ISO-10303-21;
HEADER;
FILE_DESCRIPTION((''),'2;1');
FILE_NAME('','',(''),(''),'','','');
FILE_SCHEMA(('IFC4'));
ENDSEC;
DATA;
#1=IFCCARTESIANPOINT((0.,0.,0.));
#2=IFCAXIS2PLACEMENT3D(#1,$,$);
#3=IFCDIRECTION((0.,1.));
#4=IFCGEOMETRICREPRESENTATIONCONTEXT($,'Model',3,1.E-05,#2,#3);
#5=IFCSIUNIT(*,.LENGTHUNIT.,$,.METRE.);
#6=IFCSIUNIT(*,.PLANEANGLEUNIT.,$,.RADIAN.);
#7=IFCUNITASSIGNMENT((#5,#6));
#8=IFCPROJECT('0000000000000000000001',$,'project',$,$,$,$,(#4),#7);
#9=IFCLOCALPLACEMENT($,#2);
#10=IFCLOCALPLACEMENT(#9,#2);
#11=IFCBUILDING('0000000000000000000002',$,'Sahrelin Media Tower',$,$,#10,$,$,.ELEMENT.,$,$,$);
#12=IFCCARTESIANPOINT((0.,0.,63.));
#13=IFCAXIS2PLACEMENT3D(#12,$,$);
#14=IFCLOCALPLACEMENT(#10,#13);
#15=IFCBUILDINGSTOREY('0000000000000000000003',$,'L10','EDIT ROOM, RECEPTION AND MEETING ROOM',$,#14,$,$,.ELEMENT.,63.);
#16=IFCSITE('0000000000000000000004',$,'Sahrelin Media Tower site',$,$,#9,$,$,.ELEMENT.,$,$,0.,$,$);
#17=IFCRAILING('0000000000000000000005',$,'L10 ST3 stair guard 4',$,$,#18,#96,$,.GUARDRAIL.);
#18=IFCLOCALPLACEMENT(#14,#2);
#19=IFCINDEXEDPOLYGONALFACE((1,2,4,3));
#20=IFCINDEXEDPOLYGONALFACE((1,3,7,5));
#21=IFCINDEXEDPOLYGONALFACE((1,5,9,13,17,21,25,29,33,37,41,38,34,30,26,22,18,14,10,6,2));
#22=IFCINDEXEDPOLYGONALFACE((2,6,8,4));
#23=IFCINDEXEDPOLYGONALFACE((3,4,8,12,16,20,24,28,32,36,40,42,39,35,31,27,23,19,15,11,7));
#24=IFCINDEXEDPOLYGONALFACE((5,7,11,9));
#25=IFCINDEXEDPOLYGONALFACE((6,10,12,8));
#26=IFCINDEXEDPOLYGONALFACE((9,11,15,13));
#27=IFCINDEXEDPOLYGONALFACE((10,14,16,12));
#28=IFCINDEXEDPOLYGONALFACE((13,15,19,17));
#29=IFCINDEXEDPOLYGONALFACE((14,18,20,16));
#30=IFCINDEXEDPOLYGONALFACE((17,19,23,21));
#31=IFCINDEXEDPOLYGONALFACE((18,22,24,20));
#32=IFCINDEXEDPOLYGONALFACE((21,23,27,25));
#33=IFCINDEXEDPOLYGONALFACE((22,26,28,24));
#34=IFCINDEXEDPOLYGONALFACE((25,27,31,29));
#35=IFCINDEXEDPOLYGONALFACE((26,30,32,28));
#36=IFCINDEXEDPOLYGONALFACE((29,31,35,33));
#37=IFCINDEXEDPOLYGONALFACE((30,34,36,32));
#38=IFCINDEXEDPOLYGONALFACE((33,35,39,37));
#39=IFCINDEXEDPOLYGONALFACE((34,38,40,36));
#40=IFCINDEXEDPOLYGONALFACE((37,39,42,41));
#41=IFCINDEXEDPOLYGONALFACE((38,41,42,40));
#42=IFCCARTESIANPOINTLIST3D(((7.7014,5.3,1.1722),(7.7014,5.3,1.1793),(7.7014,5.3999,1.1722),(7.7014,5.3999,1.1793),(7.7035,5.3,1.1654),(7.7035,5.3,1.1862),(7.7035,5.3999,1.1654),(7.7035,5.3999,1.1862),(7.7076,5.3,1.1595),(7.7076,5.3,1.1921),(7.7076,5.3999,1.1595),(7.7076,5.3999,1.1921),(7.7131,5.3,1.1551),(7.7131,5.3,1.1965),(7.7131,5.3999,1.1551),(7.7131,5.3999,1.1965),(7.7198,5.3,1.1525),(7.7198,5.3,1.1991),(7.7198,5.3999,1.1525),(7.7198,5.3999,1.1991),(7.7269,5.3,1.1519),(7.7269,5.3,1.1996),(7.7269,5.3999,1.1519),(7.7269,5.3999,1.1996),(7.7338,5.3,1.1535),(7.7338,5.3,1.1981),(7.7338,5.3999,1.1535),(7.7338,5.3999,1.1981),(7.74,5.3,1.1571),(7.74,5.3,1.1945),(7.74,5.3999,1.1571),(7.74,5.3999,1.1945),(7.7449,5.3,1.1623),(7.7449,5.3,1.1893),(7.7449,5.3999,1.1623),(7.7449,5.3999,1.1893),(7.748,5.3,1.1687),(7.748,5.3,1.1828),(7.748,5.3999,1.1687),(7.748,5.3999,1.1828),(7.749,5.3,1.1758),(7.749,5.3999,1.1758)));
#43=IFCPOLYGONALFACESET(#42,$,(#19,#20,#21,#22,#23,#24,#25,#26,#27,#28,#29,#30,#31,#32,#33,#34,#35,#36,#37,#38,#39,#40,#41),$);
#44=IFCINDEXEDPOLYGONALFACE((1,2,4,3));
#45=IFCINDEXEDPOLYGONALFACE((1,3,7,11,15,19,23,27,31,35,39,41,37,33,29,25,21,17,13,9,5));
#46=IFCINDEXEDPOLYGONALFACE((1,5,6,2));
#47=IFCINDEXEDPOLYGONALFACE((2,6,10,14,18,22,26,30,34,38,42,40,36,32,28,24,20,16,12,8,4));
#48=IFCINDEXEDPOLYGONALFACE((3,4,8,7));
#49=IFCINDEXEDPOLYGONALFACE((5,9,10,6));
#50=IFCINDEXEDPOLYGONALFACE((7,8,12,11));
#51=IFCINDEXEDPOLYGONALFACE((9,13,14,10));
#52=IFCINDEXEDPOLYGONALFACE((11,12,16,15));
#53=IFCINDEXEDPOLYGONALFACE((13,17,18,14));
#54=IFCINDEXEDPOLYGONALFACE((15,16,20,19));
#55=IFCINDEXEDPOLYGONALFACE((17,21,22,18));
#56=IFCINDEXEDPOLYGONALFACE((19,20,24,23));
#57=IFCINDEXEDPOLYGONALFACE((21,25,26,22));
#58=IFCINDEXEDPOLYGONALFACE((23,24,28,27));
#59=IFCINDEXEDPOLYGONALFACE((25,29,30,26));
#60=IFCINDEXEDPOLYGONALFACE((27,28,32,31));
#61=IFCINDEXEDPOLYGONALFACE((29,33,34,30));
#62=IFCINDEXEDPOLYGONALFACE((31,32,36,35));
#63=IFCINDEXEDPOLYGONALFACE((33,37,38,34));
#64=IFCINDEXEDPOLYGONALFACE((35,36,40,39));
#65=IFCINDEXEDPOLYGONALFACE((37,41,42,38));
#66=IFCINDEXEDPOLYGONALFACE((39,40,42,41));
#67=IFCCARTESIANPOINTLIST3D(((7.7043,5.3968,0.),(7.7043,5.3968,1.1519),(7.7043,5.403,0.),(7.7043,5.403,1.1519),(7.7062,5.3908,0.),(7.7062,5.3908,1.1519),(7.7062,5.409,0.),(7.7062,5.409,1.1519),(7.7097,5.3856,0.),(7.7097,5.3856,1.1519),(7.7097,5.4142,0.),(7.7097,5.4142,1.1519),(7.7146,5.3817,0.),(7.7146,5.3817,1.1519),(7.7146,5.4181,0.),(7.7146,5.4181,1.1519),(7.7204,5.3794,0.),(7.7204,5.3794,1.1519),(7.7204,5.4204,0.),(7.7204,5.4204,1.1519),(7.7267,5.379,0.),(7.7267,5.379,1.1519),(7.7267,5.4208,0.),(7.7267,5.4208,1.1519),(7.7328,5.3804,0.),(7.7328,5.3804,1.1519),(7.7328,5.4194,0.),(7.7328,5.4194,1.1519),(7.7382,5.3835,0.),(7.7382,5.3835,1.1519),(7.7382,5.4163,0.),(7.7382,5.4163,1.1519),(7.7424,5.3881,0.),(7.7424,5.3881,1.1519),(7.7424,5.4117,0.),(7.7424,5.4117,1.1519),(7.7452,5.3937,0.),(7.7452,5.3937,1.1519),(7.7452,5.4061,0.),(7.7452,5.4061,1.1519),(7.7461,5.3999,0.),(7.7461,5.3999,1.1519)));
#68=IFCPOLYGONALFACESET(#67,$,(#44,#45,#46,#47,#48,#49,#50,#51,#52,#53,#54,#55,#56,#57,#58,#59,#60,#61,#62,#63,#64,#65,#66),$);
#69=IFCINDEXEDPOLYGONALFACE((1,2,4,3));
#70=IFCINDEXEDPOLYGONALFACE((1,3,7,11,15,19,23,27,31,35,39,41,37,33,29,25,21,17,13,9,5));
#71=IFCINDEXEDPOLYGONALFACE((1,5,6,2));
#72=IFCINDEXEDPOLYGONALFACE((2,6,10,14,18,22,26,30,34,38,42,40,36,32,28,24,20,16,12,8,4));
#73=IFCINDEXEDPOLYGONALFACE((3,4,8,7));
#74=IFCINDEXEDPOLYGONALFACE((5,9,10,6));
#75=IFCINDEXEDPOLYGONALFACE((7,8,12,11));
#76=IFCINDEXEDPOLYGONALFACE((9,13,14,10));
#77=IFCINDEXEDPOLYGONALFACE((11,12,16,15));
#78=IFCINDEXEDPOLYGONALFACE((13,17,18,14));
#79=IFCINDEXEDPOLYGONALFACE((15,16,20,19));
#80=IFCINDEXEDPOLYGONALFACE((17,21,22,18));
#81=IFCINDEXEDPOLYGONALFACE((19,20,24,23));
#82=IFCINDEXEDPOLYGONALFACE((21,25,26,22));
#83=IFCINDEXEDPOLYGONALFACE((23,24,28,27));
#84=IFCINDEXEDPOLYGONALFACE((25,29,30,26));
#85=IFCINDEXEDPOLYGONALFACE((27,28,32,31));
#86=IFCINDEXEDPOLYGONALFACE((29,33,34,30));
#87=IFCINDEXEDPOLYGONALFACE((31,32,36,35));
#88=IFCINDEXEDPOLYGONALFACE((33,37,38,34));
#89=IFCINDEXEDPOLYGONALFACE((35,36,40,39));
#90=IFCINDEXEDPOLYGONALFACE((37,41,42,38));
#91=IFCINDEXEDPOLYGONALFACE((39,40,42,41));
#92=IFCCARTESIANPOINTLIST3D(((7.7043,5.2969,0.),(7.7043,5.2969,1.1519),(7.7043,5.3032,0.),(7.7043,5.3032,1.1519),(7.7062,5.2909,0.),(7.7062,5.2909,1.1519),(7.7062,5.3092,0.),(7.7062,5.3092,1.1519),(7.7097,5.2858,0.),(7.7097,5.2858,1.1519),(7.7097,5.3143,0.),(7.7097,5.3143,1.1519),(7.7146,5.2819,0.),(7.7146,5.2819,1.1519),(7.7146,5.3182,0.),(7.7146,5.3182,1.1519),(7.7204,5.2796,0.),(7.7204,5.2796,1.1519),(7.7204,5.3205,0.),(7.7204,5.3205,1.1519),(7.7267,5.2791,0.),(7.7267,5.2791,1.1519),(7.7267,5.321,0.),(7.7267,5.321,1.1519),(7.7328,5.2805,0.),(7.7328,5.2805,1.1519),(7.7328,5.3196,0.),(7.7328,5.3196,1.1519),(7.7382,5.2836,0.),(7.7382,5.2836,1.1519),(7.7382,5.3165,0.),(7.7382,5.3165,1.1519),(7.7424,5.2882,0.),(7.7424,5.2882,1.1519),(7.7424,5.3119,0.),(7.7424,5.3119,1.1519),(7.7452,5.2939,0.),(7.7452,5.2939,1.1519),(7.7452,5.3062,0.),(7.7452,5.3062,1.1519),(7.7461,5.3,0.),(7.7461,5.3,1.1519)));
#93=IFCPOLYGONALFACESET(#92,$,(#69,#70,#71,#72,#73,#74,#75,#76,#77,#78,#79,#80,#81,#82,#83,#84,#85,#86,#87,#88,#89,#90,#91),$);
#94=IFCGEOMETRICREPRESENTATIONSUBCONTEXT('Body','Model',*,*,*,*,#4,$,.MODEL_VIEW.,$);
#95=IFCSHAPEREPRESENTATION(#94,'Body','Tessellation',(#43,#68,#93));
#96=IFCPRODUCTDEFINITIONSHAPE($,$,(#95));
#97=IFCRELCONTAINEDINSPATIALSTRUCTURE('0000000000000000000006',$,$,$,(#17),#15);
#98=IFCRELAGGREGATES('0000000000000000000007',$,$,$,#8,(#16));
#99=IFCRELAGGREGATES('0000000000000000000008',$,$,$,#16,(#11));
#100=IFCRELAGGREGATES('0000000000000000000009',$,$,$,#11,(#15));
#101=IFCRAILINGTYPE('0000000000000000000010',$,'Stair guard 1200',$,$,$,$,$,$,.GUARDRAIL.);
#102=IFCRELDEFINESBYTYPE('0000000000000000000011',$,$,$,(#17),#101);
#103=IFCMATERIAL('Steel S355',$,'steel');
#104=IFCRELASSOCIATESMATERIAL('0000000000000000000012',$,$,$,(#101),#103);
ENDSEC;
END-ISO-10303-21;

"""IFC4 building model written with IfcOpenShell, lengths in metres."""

from ifc_helpers import new_model, si_unit, direction, frame, origin, origin_2d, place, context, subcontext, project, spatial, circle, extrude, material, type_object, element, save


model = new_model("IFC4")

# Units and contexts
model_context = context("Model", 3, precision=1e-05, world=origin(), true_north=direction((0.0, 1.0)))
body_context = subcontext(model_context, "Body", "Model", "MODEL_VIEW")
ifc_project = project(units=[si_unit("LENGTHUNIT", "METRE"), si_unit("PLANEANGLEUNIT", "RADIAN")], contexts=[model_context])

# Site, building, storey
site_placement = place(None, origin())
site = spatial("IfcSite", under=ifc_project, at=site_placement, Name="Sahrelin Media Tower site", CompositionType="ELEMENT", RefElevation=0.0)
building_placement = place(site_placement, origin())
building = spatial("IfcBuilding", under=site, at=building_placement, Name="Sahrelin Media Tower", CompositionType="ELEMENT")
storey_placement = place(building_placement, frame((0.0, 0.0, 63.0)))
storey = spatial("IfcBuildingStorey", under=building, at=storey_placement, Name="L10", Description="EDIT ROOM, RECEPTION AND MEETING ROOM", CompositionType="ELEMENT", Elevation=63.0)

# Shared definitions
ifc_material_1 = material(Name="Steel S355", Category="steel")

# Railing
railing_type_1 = type_object("IfcRailingType", Name="Stair guard 1200", PredefinedType="GUARDRAIL", material=ifc_material_1)
railing_1_placement = place(storey_placement, frame((7.7251, 5.3999, 0.0)))
element("IfcRailing", 1, at=railing_1_placement, inside=storey, type_object=railing_type_1, Name="L10 ST3 stair guard 4", PredefinedType="GUARDRAIL", context=body_context, shape_type="SweptSolid", body=[
    extrude(circle(Radius=0.0239, at=origin_2d()), frame((0.0, 0.0, 1.1758), z_axis=(0.0, -1.0, 0.0), x_axis=(1.0, 0.0, 0.0)), (0.0, 0.0, 1.0), 0.0999),
    extrude(circle(Radius=0.021, at=origin_2d()), origin(), (0.0, 0.0, 1.0), 1.1519),
    extrude(circle(Radius=0.021, at=origin_2d()), frame((0.0, -0.0999, 0.0)), (0.0, 0.0, 1.0), 1.1519),
])

save(model, "model.ifc")
